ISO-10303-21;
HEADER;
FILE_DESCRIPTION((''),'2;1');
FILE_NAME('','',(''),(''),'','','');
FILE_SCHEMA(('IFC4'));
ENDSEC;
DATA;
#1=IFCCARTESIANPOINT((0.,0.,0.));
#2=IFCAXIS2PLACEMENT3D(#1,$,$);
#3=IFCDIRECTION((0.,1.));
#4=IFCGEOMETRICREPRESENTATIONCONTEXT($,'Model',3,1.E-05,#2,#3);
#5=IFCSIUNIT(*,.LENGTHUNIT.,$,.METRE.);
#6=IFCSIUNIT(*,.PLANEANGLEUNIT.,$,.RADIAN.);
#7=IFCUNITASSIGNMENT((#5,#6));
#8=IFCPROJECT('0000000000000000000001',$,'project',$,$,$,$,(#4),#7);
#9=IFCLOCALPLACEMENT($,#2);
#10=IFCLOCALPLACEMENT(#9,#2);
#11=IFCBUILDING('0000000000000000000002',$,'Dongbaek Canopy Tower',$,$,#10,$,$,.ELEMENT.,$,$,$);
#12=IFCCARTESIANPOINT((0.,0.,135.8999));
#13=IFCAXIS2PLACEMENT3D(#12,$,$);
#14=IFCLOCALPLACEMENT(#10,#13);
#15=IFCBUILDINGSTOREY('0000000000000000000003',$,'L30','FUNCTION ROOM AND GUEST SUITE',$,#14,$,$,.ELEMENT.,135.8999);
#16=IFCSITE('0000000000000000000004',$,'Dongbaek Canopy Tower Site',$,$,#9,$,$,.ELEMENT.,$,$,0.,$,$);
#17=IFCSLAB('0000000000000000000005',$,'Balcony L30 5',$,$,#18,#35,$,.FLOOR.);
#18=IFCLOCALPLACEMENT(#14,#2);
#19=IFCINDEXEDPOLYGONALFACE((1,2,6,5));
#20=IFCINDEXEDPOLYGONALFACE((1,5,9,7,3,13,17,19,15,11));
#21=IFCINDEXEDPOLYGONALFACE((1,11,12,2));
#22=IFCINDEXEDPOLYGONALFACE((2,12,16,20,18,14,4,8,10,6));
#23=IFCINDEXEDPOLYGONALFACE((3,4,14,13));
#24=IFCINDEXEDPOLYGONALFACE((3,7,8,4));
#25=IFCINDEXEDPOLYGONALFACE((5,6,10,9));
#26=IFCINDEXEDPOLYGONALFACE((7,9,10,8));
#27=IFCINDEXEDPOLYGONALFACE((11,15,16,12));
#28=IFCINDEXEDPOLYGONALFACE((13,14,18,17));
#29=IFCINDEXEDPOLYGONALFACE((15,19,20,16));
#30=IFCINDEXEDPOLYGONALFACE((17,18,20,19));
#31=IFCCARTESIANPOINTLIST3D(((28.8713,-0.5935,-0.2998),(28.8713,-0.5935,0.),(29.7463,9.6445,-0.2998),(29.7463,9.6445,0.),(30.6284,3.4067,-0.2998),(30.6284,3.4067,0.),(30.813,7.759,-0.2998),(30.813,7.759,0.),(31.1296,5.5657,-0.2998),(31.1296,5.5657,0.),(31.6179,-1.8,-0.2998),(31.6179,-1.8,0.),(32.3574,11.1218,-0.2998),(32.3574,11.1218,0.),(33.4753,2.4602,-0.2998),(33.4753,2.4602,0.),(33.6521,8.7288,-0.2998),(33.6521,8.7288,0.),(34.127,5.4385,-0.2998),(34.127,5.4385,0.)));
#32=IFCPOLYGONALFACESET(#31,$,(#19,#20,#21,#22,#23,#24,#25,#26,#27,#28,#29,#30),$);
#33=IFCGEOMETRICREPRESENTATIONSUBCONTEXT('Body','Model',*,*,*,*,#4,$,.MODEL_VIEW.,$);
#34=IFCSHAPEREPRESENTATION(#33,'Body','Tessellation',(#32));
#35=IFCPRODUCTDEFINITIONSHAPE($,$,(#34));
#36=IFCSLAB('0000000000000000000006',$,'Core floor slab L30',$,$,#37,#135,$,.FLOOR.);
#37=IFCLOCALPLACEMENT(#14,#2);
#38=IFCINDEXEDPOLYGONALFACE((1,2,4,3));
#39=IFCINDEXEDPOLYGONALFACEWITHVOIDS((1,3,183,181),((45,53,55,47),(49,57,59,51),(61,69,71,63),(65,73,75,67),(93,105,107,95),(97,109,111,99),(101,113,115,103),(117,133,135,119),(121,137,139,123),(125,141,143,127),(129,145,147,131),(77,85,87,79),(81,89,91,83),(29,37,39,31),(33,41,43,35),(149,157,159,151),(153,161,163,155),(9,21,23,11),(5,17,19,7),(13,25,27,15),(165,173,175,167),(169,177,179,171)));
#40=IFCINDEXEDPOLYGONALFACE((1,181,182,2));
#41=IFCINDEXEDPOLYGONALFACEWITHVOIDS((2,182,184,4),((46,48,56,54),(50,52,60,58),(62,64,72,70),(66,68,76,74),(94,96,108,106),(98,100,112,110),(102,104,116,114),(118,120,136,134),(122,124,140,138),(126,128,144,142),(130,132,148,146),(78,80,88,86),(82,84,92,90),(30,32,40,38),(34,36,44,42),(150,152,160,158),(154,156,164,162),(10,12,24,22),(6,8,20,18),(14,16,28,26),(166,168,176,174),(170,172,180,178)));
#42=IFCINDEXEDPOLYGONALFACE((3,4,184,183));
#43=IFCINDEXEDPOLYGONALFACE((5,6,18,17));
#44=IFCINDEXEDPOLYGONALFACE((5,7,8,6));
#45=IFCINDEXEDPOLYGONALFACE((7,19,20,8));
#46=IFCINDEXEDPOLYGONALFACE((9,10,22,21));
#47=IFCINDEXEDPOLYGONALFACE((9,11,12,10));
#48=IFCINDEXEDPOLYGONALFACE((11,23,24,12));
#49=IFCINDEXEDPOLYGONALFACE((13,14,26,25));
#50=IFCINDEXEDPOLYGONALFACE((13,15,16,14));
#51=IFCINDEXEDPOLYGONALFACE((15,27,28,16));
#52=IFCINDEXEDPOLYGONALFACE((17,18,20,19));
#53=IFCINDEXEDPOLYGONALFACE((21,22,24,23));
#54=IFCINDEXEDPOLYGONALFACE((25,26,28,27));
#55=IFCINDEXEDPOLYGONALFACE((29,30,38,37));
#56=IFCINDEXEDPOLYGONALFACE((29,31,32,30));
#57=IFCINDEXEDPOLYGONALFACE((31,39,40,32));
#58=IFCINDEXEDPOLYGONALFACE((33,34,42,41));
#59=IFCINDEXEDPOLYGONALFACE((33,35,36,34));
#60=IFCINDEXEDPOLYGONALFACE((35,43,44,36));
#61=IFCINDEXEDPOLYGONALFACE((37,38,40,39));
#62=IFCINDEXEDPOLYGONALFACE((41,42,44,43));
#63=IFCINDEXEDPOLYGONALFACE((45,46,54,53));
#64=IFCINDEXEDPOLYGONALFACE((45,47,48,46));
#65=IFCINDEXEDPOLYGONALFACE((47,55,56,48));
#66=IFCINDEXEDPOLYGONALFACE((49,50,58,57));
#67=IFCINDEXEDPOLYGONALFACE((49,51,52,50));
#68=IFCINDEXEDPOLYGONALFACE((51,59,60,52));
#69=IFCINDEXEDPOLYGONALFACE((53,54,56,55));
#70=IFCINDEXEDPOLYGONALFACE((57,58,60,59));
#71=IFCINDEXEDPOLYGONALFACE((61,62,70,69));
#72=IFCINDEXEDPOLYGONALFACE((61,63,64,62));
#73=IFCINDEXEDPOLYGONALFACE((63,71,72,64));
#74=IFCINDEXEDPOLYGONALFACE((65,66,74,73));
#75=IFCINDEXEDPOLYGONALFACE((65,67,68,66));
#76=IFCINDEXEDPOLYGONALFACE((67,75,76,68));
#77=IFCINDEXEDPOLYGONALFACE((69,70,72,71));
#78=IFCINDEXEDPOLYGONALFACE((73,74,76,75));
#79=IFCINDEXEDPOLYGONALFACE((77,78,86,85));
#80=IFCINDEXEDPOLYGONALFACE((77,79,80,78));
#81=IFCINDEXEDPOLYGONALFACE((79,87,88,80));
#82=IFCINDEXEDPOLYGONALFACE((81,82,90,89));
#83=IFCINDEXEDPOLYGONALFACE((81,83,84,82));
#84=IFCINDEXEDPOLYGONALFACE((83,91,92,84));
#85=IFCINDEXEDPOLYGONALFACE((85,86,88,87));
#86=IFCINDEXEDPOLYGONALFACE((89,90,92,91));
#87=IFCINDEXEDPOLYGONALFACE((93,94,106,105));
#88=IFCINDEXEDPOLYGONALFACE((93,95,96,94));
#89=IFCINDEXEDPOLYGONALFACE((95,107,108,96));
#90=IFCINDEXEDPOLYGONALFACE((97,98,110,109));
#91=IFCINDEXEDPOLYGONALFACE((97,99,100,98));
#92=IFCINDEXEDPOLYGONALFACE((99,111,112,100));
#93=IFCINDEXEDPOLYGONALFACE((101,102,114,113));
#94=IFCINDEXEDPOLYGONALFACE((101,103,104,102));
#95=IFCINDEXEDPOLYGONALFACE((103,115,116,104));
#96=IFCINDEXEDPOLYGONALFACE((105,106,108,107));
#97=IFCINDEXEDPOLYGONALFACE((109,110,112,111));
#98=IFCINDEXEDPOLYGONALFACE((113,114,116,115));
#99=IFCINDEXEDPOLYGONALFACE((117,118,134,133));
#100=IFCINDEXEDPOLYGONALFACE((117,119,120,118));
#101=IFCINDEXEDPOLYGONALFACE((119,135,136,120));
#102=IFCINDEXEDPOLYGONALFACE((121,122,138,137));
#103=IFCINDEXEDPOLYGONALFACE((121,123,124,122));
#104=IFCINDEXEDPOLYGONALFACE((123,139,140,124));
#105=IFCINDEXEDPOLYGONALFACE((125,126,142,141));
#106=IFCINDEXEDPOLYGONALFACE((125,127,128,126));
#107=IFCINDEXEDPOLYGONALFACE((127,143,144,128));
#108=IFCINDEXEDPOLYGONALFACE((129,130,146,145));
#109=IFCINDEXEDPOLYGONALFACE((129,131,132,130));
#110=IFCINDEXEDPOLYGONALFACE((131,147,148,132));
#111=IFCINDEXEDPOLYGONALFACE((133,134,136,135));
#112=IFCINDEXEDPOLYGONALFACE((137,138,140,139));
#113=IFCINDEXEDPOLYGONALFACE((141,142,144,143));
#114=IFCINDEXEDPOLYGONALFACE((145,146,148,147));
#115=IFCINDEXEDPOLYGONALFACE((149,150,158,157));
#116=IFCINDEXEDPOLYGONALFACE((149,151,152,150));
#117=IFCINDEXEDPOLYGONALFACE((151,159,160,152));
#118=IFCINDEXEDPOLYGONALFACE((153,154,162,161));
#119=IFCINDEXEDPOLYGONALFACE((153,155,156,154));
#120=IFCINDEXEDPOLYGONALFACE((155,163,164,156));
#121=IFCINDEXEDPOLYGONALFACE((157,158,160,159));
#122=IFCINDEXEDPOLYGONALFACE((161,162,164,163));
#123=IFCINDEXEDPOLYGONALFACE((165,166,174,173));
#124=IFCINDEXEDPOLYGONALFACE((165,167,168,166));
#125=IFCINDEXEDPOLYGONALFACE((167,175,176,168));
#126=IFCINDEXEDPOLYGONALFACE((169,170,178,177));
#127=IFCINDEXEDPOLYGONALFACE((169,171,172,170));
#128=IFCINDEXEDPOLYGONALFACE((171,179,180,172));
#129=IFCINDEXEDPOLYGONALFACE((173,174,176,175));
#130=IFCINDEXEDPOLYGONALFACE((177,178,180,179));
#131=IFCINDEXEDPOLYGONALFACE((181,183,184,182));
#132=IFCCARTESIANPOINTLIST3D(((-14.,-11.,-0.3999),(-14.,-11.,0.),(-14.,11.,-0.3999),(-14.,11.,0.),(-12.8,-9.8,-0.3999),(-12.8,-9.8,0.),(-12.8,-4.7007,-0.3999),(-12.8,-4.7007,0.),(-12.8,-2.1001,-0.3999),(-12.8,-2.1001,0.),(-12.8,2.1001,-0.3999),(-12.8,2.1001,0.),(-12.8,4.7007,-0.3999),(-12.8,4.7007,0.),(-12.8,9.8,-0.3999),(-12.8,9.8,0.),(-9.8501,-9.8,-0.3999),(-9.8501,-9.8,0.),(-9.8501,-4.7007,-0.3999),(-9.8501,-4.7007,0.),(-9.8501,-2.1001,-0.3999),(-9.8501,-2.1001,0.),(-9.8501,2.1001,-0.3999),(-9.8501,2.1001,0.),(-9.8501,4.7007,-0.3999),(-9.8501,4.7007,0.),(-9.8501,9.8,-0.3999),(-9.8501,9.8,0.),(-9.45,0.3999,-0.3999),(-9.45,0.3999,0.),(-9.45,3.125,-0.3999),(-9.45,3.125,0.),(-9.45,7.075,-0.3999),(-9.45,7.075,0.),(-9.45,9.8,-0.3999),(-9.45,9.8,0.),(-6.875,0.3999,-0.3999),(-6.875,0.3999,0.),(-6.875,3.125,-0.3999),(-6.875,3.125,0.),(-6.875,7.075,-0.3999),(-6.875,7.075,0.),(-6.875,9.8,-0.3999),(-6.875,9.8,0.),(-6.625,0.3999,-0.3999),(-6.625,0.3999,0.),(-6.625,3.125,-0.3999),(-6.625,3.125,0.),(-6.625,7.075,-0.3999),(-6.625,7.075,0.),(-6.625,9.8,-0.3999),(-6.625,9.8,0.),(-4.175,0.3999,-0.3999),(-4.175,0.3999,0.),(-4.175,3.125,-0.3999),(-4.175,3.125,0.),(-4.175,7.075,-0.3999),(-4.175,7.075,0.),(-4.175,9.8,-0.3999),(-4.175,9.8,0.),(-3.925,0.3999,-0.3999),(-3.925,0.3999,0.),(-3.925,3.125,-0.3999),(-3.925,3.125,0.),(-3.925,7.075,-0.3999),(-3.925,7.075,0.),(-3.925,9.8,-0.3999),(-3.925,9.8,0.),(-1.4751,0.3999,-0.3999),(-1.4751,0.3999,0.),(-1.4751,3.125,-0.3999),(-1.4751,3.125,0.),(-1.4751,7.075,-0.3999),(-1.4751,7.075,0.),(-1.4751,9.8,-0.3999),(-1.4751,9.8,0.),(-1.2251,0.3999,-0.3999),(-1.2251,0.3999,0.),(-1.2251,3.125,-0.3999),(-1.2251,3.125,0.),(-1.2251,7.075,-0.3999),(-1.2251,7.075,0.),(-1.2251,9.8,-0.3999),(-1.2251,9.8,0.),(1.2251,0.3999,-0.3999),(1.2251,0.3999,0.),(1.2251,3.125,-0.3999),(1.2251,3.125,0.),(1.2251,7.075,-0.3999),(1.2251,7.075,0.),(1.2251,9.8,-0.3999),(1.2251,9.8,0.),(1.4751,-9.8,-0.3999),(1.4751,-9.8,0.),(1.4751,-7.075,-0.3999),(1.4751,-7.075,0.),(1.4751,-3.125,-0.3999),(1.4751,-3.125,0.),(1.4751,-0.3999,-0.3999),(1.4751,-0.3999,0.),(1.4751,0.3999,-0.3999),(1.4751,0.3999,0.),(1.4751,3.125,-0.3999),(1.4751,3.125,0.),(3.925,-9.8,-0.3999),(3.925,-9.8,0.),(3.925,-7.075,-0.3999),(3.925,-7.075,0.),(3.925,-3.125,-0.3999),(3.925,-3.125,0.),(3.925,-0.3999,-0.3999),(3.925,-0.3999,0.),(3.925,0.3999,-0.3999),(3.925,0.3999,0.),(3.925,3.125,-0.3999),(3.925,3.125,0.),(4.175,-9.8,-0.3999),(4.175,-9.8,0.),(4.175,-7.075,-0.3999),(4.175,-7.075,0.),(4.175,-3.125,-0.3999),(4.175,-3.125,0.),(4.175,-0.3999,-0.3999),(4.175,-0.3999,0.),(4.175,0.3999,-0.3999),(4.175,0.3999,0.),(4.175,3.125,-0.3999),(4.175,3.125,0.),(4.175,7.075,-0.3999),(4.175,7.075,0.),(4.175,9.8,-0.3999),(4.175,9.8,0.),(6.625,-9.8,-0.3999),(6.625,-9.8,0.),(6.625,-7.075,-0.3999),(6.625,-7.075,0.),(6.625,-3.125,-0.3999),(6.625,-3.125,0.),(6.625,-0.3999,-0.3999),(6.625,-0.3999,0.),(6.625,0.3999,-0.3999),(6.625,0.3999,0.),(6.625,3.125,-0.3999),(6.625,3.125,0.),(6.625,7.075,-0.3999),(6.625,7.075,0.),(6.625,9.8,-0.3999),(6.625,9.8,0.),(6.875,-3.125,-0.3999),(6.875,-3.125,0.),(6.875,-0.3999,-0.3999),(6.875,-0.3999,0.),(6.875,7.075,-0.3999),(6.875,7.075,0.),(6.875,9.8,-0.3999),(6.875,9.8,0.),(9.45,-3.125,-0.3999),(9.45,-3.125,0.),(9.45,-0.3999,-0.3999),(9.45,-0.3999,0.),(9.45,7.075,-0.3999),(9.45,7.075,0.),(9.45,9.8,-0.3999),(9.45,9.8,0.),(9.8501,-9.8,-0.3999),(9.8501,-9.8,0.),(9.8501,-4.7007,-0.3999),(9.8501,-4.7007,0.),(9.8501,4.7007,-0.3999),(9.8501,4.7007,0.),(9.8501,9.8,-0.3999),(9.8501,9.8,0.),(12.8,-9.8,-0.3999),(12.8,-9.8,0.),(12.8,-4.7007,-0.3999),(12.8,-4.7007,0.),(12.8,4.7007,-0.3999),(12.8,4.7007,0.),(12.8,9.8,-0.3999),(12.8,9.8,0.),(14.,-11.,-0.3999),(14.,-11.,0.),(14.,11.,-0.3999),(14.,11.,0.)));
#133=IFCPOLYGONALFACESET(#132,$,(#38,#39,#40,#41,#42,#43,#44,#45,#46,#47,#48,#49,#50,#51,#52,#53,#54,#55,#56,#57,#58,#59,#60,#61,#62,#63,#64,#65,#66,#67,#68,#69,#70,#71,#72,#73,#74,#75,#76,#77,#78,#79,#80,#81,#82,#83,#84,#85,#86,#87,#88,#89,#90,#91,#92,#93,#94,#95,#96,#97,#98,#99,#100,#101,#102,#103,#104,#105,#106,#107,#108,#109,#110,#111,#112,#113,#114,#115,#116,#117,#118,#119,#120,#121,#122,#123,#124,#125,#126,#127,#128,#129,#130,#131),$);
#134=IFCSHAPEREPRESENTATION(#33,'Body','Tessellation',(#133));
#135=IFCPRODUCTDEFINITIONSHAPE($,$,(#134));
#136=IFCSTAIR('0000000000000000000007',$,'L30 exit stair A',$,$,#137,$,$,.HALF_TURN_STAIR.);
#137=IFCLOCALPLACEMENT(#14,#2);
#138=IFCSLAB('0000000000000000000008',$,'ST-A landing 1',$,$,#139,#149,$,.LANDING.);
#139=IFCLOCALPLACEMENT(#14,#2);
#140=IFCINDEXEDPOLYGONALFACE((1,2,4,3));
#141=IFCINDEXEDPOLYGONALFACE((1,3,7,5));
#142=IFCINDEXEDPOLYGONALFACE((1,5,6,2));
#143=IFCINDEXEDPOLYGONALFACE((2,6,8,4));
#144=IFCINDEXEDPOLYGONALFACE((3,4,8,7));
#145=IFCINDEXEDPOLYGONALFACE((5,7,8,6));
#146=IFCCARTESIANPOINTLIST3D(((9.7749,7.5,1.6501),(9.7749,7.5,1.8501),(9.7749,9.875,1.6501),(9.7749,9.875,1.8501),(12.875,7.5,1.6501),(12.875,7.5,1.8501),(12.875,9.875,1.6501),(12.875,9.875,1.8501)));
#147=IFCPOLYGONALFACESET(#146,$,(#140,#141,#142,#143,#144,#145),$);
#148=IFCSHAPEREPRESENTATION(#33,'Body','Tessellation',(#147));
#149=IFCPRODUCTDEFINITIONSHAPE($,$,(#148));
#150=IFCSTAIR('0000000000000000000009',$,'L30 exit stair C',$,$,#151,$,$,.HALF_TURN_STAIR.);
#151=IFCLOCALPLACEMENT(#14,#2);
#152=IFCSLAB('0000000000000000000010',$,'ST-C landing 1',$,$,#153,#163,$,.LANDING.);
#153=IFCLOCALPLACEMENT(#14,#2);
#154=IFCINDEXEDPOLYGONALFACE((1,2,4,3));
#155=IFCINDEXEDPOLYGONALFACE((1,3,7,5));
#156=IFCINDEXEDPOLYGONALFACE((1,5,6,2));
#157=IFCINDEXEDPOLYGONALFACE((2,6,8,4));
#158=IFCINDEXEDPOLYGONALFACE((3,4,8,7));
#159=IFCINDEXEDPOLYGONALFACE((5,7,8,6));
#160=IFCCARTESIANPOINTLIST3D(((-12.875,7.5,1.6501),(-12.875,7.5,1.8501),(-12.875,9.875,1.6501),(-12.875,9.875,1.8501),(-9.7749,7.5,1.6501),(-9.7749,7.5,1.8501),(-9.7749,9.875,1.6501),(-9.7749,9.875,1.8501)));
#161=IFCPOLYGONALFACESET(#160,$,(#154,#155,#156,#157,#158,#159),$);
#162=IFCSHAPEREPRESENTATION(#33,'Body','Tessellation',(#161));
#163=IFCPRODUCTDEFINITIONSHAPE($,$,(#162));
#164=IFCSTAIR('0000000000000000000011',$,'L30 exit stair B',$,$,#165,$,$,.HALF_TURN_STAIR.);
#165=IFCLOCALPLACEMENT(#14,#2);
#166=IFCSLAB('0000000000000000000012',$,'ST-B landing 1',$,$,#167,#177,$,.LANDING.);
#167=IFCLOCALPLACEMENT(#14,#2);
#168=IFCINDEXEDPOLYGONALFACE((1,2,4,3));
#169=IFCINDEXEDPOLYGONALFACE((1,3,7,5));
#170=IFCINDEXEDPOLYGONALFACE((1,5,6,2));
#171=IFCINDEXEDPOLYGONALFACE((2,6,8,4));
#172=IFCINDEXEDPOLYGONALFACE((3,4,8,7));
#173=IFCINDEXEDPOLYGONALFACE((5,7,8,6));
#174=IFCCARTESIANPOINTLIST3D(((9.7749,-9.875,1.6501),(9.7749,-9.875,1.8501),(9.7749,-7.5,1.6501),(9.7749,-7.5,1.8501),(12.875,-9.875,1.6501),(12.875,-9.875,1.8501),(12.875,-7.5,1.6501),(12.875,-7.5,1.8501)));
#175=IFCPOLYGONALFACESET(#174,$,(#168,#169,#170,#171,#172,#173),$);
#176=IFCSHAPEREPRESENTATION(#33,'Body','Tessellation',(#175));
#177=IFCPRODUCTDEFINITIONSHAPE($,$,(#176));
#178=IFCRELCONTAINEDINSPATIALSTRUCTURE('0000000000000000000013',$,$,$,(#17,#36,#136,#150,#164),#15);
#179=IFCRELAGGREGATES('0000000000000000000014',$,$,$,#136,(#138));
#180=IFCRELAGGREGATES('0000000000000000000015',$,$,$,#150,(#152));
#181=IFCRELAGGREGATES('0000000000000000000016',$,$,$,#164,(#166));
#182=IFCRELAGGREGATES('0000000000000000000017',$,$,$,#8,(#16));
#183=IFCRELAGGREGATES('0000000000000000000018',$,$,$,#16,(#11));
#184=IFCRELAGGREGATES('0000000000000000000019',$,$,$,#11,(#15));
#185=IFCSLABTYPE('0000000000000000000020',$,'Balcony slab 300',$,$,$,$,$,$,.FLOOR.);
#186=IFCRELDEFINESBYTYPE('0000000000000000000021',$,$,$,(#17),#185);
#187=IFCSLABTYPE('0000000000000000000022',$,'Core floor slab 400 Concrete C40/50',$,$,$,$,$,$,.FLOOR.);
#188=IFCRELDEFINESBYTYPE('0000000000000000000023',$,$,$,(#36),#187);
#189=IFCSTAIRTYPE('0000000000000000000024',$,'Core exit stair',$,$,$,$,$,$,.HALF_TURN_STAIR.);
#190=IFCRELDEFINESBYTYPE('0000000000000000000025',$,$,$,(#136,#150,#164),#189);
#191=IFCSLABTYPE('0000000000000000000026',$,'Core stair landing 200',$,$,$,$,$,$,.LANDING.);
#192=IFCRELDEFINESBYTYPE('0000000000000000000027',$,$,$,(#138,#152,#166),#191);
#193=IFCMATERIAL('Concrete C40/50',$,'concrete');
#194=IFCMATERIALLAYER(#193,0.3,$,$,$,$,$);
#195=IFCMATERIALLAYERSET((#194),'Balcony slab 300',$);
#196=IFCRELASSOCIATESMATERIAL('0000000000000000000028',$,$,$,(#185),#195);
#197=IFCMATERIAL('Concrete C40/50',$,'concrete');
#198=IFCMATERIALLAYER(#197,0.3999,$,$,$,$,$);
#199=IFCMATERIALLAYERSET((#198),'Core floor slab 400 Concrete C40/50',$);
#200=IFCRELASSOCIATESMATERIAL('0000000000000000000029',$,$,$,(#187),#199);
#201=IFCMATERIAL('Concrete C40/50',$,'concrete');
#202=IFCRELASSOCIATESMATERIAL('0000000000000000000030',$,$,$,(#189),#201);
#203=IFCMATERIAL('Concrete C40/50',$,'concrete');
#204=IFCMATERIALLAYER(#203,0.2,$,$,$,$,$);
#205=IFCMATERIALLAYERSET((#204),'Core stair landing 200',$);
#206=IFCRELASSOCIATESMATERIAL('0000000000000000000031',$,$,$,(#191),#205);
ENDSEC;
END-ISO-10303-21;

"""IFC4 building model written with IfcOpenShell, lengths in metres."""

from ifc_helpers import new_model, si_unit, direction, frame, origin, place, context, subcontext, project, spatial, polyline, outline, extrude, material, layer, layer_set, type_object, element, aggregate, save


model = new_model("IFC4")

# Units and contexts
model_context = context("Model", 3, precision=1e-05, world=origin(), true_north=direction((0.0, 1.0)))
body_context = subcontext(model_context, "Body", "Model", "MODEL_VIEW")
ifc_project = project(units=[si_unit("LENGTHUNIT", "METRE"), si_unit("PLANEANGLEUNIT", "RADIAN")], contexts=[model_context])

# Site, building, storey
site_placement = place(None, origin())
site = spatial("IfcSite", under=ifc_project, at=site_placement, Name="Dongbaek Canopy Tower Site", CompositionType="ELEMENT", RefElevation=0.0)
building_placement = place(site_placement, origin())
building = spatial("IfcBuilding", under=site, at=building_placement, Name="Dongbaek Canopy Tower", CompositionType="ELEMENT")
storey_placement = place(building_placement, frame((0.0, 0.0, 135.8999)))
storey = spatial("IfcBuildingStorey", under=building, at=storey_placement, Name="L30", Description="FUNCTION ROOM AND GUEST SUITE", CompositionType="ELEMENT", Elevation=135.8999)

# Slabs
ifc_material_1 = material(Name="Concrete C40/50", Category="concrete")
ifc_layer_1 = layer(ifc_material_1, 0.3)
ifc_layer_set_1 = layer_set([ifc_layer_1], Name="Balcony slab 300")
slab_type_1 = type_object("IfcSlabType", Name="Balcony slab 300", PredefinedType="FLOOR", material=ifc_layer_set_1)
slab_1_placement = place(storey_placement, frame((0.0, 0.0, -0.2998)))
element("IfcSlab", 1, at=slab_1_placement, inside=storey, type_object=slab_type_1, Name="Balcony L30 5", PredefinedType="FLOOR", context=body_context, shape_type="SweptSolid", body=[
    extrude(outline(polyline([(28.8713, -0.5935), (30.6284, 3.4067), (31.1296, 5.5657), (30.813, 7.759), (29.7463, 9.6445), (32.3574, 11.1218), (33.6521, 8.7288), (34.127, 5.4385), (33.4753, 2.4602), (31.6179, -1.8), (28.8713, -0.5935)])), origin(), (0.0, 0.0, 1.0), 0.2998),
])
ifc_material_2 = material(Name="Concrete C40/50", Category="concrete")
ifc_layer_2 = layer(ifc_material_2, 0.3999)
ifc_layer_set_2 = layer_set([ifc_layer_2], Name="Core floor slab 400 Concrete C40/50")
slab_type_2 = type_object("IfcSlabType", Name="Core floor slab 400 Concrete C40/50", PredefinedType="FLOOR", material=ifc_layer_set_2)
slab_2_placement = place(storey_placement, frame((0.0, 0.0, -0.3999)))
element("IfcSlab", 2, at=slab_2_placement, inside=storey, type_object=slab_type_2, Name="Core floor slab L30", PredefinedType="FLOOR", context=body_context, shape_type="SweptSolid", body=[
    extrude(outline(polyline([(14.0, -11.0), (14.0, 11.0), (-14.0, 11.0), (-14.0, -11.0), (14.0, -11.0)]), holes=[polyline([(-12.8, 2.1001), (-9.8501, 2.1001), (-9.8501, -2.1001), (-12.8, -2.1001), (-12.8, 2.1001)]), polyline([(-6.875, 9.8), (-6.875, 7.075), (-9.45, 7.075), (-9.45, 9.8), (-6.875, 9.8)]), polyline([(-4.175, 9.8), (-4.175, 7.075), (-6.625, 7.075), (-6.625, 9.8), (-4.175, 9.8)]), polyline([(-1.4751, 9.8), (-1.4751, 7.075), (-3.925, 7.075), (-3.925, 9.8), (-1.4751, 9.8)]), polyline([(1.2251, 9.8), (1.2251, 7.075), (-1.2251, 7.075), (-1.2251, 9.8), (1.2251, 9.8)]), polyline([(6.625, 9.8), (6.625, 7.075), (4.175, 7.075), (4.175, 9.8), (6.625, 9.8)]), polyline([(9.45, 7.075), (6.875, 7.075), (6.875, 9.8), (9.45, 9.8), (9.45, 7.075)]), polyline([(-9.45, 3.125), (-6.875, 3.125), (-6.875, 0.3999), (-9.45, 0.3999), (-9.45, 3.125)]), polyline([(-6.625, 3.125), (-4.175, 3.125), (-4.175, 0.3999), (-6.625, 0.3999), (-6.625, 3.125)]), polyline([(-3.925, 3.125), (-1.4751, 3.125), (-1.4751, 0.3999), (-3.925, 0.3999), (-3.925, 3.125)]), polyline([(1.2251, 3.125), (1.2251, 0.3999), (-1.2251, 0.3999), (-1.2251, 3.125), (1.2251, 3.125)]), polyline([(1.4751, 3.125), (3.925, 3.125), (3.925, 0.3999), (1.4751, 0.3999), (1.4751, 3.125)]), polyline([(4.175, 3.125), (6.625, 3.125), (6.625, 0.3999), (4.175, 0.3999), (4.175, 3.125)]), polyline([(1.4751, -0.3999), (3.925, -0.3999), (3.925, -3.125), (1.4751, -3.125), (1.4751, -0.3999)]), polyline([(4.175, -0.3999), (6.625, -0.3999), (6.625, -3.125), (4.175, -3.125), (4.175, -0.3999)]), polyline([(9.45, -3.125), (6.875, -3.125), (6.875, -0.3999), (9.45, -0.3999), (9.45, -3.125)]), polyline([(1.4751, -9.8), (1.4751, -7.075), (3.925, -7.075), (3.925, -9.8), (1.4751, -9.8)]), polyline([(4.175, -9.8), (4.175, -7.075), (6.625, -7.075), (6.625, -9.8), (4.175, -9.8)]), polyline([(12.8, 4.7007), (12.8, 9.8), (9.8501, 9.8), (9.8501, 4.7007), (12.8, 4.7007)]), polyline([(-9.8501, 4.7007), (-9.8501, 9.8), (-12.8, 9.8), (-12.8, 4.7007), (-9.8501, 4.7007)]), polyline([(9.8501, -4.7007), (9.8501, -9.8), (12.8, -9.8), (12.8, -4.7007), (9.8501, -4.7007)]), polyline([(-12.8, -4.7007), (-12.8, -9.8), (-9.8501, -9.8), (-9.8501, -4.7007), (-12.8, -4.7007)])]), origin(), (0.0, 0.0, 1.0), 0.3999),
])

# Stairs, slabs
ifc_material_3 = material(Name="Concrete C40/50", Category="concrete")
stair_type = type_object("IfcStairType", Name="Core exit stair", PredefinedType="HALF_TURN_STAIR", material=ifc_material_3)
stair_1_placement = place(storey_placement, origin())
stair_1 = element("IfcStair", 3, at=stair_1_placement, inside=storey, type_object=stair_type, Name="L30 exit stair A", PredefinedType="HALF_TURN_STAIR")
ifc_material_4 = material(Name="Concrete C40/50", Category="concrete")
ifc_layer_3 = layer(ifc_material_4, 0.2)
ifc_layer_set_3 = layer_set([ifc_layer_3], Name="Core stair landing 200")
slab_type_3 = type_object("IfcSlabType", Name="Core stair landing 200", PredefinedType="LANDING", material=ifc_layer_set_3)
slab_3_placement = place(storey_placement, frame((0.0, 0.0, 1.6501)))
slab_3 = element("IfcSlab", 4, at=slab_3_placement, type_object=slab_type_3, Name="ST-A landing 1", PredefinedType="LANDING", context=body_context, shape_type="SweptSolid", body=[
    extrude(outline(polyline([(12.875, 7.5), (12.875, 9.875), (9.7749, 9.875), (9.7749, 7.5), (12.875, 7.5)])), origin(), (0.0, 0.0, 1.0), 0.2),
])
aggregate(stair_1, [slab_3])
stair_2_placement = place(storey_placement, origin())
stair_2 = element("IfcStair", 5, at=stair_2_placement, inside=storey, type_object=stair_type, Name="L30 exit stair C", PredefinedType="HALF_TURN_STAIR")
slab_4_placement = place(storey_placement, frame((0.0, 0.0, 1.6501)))
slab_4 = element("IfcSlab", 6, at=slab_4_placement, type_object=slab_type_3, Name="ST-C landing 1", PredefinedType="LANDING", context=body_context, shape_type="SweptSolid", body=[
    extrude(outline(polyline([(-9.7749, 7.5), (-9.7749, 9.875), (-12.875, 9.875), (-12.875, 7.5), (-9.7749, 7.5)])), origin(), (0.0, 0.0, 1.0), 0.2),
])
aggregate(stair_2, [slab_4])
stair_3_placement = place(storey_placement, origin())
stair_3 = element("IfcStair", 7, at=stair_3_placement, inside=storey, type_object=stair_type, Name="L30 exit stair B", PredefinedType="HALF_TURN_STAIR")
slab_5_placement = place(storey_placement, frame((0.0, 0.0, 1.6501)))
slab_5 = element("IfcSlab", 8, at=slab_5_placement, type_object=slab_type_3, Name="ST-B landing 1", PredefinedType="LANDING", context=body_context, shape_type="SweptSolid", body=[
    extrude(outline(polyline([(9.7749, -7.5), (9.7749, -9.875), (12.875, -9.875), (12.875, -7.5), (9.7749, -7.5)])), origin(), (0.0, 0.0, 1.0), 0.2),
])
aggregate(stair_3, [slab_5])

save(model, "model.ifc")
